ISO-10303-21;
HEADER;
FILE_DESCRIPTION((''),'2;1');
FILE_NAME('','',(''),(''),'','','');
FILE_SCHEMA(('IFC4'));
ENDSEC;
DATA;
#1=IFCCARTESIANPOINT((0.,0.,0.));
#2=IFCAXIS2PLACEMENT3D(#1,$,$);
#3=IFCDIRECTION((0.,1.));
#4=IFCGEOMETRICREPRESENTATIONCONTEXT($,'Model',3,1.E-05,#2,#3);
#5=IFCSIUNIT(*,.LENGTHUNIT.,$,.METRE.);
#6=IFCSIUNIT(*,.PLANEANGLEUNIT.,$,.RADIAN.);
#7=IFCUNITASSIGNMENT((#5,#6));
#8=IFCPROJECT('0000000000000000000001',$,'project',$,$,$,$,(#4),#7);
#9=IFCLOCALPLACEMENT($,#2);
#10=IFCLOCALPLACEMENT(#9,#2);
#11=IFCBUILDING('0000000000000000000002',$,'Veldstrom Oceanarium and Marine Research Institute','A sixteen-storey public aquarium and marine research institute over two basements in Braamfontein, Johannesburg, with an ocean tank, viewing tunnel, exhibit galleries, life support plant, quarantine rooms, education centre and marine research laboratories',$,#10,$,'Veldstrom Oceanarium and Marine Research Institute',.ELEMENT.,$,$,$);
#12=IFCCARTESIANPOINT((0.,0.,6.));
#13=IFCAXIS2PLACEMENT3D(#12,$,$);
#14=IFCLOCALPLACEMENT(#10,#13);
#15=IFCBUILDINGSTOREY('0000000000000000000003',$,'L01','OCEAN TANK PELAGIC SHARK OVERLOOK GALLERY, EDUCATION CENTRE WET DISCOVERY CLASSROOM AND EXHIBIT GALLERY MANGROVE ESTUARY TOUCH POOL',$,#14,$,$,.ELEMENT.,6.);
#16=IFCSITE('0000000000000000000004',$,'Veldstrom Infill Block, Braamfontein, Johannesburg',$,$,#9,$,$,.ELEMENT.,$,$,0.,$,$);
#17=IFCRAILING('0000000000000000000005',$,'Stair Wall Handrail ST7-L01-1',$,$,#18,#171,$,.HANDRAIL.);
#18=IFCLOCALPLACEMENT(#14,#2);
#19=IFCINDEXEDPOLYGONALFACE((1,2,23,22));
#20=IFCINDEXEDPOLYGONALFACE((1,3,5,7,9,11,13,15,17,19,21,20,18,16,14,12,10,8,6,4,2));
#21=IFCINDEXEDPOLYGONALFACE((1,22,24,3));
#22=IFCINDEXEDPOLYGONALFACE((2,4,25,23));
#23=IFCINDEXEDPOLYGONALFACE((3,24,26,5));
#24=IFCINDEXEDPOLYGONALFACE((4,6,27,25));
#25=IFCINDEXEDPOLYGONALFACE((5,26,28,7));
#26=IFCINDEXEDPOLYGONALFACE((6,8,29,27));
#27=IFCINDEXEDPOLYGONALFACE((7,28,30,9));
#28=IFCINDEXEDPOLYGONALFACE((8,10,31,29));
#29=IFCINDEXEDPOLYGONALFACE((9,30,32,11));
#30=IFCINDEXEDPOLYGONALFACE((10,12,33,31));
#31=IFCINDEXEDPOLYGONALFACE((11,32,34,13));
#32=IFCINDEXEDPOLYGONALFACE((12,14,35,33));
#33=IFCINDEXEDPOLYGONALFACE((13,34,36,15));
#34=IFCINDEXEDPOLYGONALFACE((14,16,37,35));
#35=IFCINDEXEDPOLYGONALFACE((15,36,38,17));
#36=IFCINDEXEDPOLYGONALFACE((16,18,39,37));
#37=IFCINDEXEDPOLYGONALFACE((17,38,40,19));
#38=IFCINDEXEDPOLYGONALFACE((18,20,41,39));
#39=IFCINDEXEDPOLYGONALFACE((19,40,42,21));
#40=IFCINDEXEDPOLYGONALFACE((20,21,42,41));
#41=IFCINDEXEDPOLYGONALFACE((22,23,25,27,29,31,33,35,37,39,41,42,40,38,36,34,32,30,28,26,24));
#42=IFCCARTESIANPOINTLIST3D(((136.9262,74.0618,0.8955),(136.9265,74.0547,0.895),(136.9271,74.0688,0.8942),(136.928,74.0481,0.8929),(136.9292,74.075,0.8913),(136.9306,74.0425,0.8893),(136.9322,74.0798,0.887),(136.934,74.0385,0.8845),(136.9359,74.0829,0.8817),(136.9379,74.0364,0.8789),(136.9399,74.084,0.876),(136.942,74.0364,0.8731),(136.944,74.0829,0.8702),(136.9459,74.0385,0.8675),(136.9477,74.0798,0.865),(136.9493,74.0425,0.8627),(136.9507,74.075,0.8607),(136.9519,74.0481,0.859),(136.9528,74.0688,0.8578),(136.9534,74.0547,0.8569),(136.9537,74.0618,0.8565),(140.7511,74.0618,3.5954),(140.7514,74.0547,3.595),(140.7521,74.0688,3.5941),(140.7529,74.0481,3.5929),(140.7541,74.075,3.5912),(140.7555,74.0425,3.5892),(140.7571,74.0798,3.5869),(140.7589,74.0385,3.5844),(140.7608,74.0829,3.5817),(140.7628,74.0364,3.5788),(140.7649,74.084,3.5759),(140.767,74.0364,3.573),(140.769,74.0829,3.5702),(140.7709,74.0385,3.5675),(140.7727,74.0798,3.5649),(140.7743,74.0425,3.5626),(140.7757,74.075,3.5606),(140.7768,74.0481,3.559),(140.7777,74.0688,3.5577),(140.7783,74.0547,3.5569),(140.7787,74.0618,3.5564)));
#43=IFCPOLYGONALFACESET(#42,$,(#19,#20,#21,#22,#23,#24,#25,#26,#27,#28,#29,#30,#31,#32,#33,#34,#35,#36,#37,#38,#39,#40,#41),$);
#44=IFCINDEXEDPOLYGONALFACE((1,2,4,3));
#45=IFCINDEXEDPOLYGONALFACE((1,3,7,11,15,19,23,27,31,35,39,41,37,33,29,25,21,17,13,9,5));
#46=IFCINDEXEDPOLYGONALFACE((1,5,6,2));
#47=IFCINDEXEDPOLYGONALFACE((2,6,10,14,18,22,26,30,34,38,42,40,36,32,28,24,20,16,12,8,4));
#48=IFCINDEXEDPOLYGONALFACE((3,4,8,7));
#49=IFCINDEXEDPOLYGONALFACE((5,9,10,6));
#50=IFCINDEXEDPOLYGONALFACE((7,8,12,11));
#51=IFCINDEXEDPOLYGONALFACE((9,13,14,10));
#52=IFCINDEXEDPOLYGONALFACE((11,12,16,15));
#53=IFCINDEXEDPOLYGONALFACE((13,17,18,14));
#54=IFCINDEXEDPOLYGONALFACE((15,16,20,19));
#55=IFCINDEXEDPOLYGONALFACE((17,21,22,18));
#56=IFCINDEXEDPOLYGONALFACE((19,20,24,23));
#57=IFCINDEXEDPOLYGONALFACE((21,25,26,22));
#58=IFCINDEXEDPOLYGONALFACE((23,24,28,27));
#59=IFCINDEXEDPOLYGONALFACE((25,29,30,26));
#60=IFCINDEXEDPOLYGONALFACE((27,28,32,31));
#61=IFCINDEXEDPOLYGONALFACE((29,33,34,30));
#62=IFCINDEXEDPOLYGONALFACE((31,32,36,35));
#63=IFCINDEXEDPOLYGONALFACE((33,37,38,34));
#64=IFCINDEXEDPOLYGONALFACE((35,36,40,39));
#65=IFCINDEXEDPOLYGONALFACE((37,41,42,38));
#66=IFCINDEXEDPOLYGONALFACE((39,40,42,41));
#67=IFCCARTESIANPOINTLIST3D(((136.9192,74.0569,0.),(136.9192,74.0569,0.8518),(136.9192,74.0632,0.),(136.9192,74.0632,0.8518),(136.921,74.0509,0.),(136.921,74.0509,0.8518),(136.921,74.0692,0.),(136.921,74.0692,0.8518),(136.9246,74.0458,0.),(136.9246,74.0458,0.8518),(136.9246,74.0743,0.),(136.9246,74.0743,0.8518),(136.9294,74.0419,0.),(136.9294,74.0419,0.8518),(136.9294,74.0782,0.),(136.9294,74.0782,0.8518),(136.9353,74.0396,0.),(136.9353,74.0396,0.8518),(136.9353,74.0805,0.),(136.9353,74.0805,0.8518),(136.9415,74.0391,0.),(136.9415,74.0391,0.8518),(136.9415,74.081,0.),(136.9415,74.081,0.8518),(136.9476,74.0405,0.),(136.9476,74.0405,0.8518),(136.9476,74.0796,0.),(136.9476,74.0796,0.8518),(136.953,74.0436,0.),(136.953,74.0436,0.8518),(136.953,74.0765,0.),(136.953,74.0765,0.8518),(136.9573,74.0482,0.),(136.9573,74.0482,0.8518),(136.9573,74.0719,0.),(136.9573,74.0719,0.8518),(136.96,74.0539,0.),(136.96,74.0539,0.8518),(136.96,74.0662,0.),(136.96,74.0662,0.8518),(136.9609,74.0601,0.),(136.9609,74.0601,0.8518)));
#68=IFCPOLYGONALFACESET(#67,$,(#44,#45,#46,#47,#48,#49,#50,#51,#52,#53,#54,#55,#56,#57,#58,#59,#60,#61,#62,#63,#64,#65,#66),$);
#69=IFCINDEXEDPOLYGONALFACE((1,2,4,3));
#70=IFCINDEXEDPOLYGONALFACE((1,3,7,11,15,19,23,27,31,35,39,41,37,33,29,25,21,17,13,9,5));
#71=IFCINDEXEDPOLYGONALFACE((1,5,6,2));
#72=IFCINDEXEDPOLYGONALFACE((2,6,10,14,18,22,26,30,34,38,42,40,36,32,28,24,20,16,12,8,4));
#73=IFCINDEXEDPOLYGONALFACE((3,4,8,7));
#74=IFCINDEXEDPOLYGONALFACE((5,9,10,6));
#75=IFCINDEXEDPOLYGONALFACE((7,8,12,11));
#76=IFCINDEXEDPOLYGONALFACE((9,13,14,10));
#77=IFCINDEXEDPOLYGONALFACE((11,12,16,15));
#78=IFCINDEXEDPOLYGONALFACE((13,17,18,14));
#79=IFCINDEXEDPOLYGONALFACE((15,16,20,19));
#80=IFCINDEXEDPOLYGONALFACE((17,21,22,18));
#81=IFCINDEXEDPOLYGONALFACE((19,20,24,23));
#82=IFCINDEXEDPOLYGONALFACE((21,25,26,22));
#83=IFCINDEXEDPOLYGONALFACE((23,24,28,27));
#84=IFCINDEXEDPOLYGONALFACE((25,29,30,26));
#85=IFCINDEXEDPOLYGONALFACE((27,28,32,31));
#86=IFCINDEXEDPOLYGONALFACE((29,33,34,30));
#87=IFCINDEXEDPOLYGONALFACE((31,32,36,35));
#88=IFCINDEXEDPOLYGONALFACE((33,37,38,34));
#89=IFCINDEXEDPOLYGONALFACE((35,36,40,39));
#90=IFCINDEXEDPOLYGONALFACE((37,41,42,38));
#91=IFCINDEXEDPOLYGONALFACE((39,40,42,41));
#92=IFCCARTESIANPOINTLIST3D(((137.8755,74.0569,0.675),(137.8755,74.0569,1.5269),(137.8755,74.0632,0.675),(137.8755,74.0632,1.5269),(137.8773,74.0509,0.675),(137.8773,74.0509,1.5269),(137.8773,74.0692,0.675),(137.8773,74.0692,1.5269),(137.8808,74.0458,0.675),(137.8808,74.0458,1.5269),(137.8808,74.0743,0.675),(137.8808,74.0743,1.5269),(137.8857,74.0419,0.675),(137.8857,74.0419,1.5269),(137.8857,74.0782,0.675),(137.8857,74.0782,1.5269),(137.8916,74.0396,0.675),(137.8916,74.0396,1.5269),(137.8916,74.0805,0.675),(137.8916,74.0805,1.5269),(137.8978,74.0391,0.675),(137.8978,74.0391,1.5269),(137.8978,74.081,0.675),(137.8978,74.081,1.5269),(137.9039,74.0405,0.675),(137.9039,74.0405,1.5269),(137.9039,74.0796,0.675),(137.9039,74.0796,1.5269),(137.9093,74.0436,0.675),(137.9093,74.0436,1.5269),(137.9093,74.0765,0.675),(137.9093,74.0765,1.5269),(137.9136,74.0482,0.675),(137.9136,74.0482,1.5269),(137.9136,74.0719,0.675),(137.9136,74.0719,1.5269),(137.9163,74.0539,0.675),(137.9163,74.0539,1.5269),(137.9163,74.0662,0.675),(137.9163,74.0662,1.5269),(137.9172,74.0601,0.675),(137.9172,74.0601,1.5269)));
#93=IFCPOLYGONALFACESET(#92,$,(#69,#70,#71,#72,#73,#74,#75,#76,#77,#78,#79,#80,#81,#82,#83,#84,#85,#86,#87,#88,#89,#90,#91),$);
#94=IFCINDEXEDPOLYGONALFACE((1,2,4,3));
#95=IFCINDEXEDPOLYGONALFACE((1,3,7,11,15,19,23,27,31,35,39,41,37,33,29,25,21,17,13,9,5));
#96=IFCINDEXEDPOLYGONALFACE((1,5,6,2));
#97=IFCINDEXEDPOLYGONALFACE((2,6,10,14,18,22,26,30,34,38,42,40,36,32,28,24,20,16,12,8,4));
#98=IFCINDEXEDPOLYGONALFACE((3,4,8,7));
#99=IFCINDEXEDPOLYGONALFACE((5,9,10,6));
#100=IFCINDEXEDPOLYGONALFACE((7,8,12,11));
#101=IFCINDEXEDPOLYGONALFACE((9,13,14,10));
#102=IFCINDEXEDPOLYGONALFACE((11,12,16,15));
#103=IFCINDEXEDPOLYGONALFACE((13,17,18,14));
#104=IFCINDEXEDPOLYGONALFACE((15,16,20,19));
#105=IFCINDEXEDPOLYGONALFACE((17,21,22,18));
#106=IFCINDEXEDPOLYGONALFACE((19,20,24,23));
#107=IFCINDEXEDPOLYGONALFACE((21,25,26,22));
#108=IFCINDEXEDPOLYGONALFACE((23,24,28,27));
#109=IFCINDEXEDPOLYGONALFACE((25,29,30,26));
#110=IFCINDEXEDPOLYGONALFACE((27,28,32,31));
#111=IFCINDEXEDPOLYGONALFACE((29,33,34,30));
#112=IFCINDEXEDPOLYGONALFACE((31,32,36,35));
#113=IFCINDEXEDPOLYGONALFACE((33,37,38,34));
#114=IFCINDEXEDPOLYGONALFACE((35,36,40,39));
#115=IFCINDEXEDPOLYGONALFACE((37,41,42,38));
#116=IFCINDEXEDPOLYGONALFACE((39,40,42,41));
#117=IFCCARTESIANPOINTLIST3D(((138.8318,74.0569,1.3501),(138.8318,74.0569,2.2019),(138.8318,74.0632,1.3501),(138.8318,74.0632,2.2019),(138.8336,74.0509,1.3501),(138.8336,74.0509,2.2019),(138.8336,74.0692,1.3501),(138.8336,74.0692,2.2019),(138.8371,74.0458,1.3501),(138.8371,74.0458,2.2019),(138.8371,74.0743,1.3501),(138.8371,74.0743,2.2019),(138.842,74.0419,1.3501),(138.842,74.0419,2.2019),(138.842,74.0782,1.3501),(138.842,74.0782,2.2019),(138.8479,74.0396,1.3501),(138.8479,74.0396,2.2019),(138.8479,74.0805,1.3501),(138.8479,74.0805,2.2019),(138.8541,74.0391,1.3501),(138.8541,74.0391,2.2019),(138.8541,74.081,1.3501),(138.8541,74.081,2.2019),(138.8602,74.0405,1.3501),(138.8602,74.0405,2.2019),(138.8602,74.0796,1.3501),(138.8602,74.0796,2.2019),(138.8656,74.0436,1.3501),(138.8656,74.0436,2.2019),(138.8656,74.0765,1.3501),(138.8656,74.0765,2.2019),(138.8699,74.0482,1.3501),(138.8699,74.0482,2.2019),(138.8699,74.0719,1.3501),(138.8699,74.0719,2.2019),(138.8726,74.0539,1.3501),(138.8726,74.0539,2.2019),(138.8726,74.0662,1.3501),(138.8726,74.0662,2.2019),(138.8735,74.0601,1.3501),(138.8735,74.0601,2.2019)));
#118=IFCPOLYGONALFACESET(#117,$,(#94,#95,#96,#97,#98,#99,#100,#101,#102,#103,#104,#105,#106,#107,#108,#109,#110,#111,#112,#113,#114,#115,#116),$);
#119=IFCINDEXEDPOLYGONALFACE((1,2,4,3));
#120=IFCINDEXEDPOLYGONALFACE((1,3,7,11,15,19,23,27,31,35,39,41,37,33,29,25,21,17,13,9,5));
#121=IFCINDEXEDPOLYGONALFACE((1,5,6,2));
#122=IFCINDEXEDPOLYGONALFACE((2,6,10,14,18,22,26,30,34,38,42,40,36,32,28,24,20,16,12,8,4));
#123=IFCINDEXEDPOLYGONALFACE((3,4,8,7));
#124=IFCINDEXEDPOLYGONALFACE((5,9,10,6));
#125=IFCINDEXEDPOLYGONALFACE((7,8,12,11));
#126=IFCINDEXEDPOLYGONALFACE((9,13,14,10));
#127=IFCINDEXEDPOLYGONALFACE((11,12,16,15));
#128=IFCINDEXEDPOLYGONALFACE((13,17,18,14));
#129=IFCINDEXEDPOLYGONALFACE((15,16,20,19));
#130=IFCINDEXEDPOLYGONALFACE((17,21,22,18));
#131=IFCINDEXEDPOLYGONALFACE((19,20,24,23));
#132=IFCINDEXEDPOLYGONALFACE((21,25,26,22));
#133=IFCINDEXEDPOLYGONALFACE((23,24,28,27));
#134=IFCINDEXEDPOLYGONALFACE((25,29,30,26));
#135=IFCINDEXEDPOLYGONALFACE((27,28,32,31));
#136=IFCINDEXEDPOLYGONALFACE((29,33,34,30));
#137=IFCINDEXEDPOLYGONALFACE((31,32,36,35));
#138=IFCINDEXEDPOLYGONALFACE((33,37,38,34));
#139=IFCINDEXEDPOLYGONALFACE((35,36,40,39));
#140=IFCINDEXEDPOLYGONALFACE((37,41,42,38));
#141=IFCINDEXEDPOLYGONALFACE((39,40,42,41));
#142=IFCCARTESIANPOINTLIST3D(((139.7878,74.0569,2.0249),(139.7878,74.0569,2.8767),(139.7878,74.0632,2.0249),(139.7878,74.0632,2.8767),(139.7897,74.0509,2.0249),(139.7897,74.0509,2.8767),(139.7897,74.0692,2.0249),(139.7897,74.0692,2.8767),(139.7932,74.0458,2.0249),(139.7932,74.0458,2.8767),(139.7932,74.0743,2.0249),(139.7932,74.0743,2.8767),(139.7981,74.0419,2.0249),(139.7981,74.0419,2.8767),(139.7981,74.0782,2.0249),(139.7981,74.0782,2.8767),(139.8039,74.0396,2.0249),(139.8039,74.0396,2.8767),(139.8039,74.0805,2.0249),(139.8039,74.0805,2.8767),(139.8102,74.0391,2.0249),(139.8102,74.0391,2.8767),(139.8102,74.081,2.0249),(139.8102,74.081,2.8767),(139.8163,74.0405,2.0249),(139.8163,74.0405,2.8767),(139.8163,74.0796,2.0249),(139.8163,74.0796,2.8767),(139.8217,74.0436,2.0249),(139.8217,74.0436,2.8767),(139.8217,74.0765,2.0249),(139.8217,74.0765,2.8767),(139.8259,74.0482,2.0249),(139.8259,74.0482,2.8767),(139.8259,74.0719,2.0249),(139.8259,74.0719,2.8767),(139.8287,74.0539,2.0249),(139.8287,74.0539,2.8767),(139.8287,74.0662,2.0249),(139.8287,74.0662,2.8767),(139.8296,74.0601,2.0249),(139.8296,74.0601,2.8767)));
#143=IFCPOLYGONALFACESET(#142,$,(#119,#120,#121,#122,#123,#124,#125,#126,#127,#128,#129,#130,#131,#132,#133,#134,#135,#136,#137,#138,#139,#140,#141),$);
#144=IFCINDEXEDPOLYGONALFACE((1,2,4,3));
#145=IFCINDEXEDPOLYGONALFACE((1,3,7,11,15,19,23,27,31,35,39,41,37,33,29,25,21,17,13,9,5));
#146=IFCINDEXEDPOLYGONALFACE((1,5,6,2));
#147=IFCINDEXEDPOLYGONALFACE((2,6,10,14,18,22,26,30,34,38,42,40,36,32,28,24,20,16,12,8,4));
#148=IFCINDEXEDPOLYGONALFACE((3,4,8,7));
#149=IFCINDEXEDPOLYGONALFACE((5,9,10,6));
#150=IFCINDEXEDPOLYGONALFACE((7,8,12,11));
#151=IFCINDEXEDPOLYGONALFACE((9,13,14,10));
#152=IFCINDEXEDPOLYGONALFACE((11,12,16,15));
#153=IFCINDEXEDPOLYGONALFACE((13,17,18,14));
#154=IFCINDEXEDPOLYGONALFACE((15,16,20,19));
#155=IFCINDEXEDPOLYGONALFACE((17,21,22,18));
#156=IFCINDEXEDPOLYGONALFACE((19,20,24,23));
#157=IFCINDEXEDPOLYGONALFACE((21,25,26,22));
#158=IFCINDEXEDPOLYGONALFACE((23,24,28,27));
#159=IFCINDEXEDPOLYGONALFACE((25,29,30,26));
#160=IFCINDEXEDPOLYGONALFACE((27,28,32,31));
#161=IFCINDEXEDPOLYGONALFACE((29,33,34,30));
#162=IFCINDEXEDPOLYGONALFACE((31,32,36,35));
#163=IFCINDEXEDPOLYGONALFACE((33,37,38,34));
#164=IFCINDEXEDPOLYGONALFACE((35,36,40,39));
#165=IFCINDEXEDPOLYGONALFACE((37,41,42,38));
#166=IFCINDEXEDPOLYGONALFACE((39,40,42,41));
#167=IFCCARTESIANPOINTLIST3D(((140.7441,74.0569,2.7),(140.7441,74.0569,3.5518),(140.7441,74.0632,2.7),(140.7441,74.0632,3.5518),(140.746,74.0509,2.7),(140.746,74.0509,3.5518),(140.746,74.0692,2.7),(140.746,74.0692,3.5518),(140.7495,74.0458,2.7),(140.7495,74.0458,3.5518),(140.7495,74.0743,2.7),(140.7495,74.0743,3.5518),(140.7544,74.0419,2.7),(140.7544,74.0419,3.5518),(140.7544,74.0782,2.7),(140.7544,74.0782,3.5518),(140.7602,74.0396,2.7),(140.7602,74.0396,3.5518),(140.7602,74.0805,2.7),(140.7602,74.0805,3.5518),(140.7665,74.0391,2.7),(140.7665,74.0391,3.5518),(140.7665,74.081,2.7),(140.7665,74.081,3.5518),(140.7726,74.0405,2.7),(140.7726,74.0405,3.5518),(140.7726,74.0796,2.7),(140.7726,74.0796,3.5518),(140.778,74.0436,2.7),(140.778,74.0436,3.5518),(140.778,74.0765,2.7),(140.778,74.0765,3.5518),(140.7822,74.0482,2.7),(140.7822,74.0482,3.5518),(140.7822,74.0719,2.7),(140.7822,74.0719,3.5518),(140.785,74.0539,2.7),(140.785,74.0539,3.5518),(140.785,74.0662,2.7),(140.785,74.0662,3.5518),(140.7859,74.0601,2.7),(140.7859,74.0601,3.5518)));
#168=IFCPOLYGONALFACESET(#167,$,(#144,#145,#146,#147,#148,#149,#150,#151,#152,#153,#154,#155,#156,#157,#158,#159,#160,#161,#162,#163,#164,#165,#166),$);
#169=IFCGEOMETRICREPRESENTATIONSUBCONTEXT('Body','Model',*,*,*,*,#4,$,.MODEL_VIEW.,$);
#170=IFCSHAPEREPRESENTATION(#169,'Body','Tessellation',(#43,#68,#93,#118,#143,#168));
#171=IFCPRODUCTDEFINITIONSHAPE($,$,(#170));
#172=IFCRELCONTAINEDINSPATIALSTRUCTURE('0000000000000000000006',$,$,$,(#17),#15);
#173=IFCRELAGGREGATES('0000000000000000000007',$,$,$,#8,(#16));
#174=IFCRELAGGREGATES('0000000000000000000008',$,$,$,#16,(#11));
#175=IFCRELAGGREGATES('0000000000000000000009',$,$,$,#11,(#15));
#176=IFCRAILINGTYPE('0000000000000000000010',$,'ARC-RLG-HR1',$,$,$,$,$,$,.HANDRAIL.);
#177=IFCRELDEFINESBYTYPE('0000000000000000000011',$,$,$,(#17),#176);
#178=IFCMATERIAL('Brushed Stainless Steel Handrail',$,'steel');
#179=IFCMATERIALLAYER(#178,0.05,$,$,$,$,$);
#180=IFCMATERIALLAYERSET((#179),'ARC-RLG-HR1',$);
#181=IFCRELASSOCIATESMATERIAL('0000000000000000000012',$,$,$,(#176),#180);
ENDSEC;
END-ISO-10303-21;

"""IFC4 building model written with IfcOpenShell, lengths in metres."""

from ifc_helpers import new_model, si_unit, direction, frame, origin, origin_2d, place, context, subcontext, project, spatial, circle, extrude, material, layer, layer_set, type_object, element, save


model = new_model("IFC4")

# Units and contexts
model_context = context("Model", 3, precision=1e-05, world=origin(), true_north=direction((0.0, 1.0)))
body_context = subcontext(model_context, "Body", "Model", "MODEL_VIEW")
ifc_project = project(units=[si_unit("LENGTHUNIT", "METRE"), si_unit("PLANEANGLEUNIT", "RADIAN")], contexts=[model_context])

# Site, building, storey
site_placement = place(None, origin())
site = spatial("IfcSite", under=ifc_project, at=site_placement, Name="Veldstrom Infill Block, Braamfontein, Johannesburg", CompositionType="ELEMENT", RefElevation=0.0)
building_placement = place(site_placement, origin())
building = spatial("IfcBuilding", under=site, at=building_placement, Name="Veldstrom Oceanarium and Marine Research Institute", Description="A sixteen-storey public aquarium and marine research institute over two basements in Braamfontein, Johannesburg, with an ocean tank, viewing tunnel, exhibit galleries, life support plant, quarantine rooms, education centre and marine research laboratories", LongName="Veldstrom Oceanarium and Marine Research Institute", CompositionType="ELEMENT")
storey_placement = place(building_placement, frame((0.0, 0.0, 6.0)))
storey = spatial("IfcBuildingStorey", under=building, at=storey_placement, Name="L01", Description="OCEAN TANK PELAGIC SHARK OVERLOOK GALLERY, EDUCATION CENTRE WET DISCOVERY CLASSROOM AND EXHIBIT GALLERY MANGROVE ESTUARY TOUCH POOL", CompositionType="ELEMENT", Elevation=6.0)

# Railing
ifc_material_1 = material(Name="Brushed Stainless Steel Handrail", Category="steel")
ifc_layer_1 = layer(ifc_material_1, 0.05)
ifc_layer_set_1 = layer_set([ifc_layer_1], Name="ARC-RLG-HR1")
railing_type_1 = type_object("IfcRailingType", Name="ARC-RLG-HR1", PredefinedType="HANDRAIL", material=ifc_layer_set_1)
railing_1_placement = place(storey_placement, frame((136.9399, 74.0601, 0.0)))
element("IfcRailing", 1, at=railing_1_placement, inside=storey, type_object=railing_type_1, Name="Stair Wall Handrail ST7-L01-1", PredefinedType="HANDRAIL", context=body_context, shape_type="SweptSolid", body=[
    extrude(circle(Radius=0.0239, at=origin_2d()), frame((0.0, 0.0, 0.876), z_axis=(0.816969, 0.0, 0.576681), x_axis=(0.0, 1.0, 0.0)), (0.0, 0.0, 1.0), 4.6819),
    extrude(circle(Radius=0.021, at=origin_2d()), origin(), (0.0, 0.0, 1.0), 0.8518),
    extrude(circle(Radius=0.021, at=origin_2d()), frame((0.9563, 0.0, 0.675)), (0.0, 0.0, 1.0), 0.8518),
    extrude(circle(Radius=0.021, at=origin_2d()), frame((1.9126, 0.0, 1.3501)), (0.0, 0.0, 1.0), 0.8518),
    extrude(circle(Radius=0.021, at=origin_2d()), frame((2.8687, 0.0, 2.0249)), (0.0, 0.0, 1.0), 0.8518),
    extrude(circle(Radius=0.021, at=origin_2d()), frame((3.825, 0.0, 2.7)), (0.0, 0.0, 1.0), 0.8518),
])

save(model, "model.ifc")
